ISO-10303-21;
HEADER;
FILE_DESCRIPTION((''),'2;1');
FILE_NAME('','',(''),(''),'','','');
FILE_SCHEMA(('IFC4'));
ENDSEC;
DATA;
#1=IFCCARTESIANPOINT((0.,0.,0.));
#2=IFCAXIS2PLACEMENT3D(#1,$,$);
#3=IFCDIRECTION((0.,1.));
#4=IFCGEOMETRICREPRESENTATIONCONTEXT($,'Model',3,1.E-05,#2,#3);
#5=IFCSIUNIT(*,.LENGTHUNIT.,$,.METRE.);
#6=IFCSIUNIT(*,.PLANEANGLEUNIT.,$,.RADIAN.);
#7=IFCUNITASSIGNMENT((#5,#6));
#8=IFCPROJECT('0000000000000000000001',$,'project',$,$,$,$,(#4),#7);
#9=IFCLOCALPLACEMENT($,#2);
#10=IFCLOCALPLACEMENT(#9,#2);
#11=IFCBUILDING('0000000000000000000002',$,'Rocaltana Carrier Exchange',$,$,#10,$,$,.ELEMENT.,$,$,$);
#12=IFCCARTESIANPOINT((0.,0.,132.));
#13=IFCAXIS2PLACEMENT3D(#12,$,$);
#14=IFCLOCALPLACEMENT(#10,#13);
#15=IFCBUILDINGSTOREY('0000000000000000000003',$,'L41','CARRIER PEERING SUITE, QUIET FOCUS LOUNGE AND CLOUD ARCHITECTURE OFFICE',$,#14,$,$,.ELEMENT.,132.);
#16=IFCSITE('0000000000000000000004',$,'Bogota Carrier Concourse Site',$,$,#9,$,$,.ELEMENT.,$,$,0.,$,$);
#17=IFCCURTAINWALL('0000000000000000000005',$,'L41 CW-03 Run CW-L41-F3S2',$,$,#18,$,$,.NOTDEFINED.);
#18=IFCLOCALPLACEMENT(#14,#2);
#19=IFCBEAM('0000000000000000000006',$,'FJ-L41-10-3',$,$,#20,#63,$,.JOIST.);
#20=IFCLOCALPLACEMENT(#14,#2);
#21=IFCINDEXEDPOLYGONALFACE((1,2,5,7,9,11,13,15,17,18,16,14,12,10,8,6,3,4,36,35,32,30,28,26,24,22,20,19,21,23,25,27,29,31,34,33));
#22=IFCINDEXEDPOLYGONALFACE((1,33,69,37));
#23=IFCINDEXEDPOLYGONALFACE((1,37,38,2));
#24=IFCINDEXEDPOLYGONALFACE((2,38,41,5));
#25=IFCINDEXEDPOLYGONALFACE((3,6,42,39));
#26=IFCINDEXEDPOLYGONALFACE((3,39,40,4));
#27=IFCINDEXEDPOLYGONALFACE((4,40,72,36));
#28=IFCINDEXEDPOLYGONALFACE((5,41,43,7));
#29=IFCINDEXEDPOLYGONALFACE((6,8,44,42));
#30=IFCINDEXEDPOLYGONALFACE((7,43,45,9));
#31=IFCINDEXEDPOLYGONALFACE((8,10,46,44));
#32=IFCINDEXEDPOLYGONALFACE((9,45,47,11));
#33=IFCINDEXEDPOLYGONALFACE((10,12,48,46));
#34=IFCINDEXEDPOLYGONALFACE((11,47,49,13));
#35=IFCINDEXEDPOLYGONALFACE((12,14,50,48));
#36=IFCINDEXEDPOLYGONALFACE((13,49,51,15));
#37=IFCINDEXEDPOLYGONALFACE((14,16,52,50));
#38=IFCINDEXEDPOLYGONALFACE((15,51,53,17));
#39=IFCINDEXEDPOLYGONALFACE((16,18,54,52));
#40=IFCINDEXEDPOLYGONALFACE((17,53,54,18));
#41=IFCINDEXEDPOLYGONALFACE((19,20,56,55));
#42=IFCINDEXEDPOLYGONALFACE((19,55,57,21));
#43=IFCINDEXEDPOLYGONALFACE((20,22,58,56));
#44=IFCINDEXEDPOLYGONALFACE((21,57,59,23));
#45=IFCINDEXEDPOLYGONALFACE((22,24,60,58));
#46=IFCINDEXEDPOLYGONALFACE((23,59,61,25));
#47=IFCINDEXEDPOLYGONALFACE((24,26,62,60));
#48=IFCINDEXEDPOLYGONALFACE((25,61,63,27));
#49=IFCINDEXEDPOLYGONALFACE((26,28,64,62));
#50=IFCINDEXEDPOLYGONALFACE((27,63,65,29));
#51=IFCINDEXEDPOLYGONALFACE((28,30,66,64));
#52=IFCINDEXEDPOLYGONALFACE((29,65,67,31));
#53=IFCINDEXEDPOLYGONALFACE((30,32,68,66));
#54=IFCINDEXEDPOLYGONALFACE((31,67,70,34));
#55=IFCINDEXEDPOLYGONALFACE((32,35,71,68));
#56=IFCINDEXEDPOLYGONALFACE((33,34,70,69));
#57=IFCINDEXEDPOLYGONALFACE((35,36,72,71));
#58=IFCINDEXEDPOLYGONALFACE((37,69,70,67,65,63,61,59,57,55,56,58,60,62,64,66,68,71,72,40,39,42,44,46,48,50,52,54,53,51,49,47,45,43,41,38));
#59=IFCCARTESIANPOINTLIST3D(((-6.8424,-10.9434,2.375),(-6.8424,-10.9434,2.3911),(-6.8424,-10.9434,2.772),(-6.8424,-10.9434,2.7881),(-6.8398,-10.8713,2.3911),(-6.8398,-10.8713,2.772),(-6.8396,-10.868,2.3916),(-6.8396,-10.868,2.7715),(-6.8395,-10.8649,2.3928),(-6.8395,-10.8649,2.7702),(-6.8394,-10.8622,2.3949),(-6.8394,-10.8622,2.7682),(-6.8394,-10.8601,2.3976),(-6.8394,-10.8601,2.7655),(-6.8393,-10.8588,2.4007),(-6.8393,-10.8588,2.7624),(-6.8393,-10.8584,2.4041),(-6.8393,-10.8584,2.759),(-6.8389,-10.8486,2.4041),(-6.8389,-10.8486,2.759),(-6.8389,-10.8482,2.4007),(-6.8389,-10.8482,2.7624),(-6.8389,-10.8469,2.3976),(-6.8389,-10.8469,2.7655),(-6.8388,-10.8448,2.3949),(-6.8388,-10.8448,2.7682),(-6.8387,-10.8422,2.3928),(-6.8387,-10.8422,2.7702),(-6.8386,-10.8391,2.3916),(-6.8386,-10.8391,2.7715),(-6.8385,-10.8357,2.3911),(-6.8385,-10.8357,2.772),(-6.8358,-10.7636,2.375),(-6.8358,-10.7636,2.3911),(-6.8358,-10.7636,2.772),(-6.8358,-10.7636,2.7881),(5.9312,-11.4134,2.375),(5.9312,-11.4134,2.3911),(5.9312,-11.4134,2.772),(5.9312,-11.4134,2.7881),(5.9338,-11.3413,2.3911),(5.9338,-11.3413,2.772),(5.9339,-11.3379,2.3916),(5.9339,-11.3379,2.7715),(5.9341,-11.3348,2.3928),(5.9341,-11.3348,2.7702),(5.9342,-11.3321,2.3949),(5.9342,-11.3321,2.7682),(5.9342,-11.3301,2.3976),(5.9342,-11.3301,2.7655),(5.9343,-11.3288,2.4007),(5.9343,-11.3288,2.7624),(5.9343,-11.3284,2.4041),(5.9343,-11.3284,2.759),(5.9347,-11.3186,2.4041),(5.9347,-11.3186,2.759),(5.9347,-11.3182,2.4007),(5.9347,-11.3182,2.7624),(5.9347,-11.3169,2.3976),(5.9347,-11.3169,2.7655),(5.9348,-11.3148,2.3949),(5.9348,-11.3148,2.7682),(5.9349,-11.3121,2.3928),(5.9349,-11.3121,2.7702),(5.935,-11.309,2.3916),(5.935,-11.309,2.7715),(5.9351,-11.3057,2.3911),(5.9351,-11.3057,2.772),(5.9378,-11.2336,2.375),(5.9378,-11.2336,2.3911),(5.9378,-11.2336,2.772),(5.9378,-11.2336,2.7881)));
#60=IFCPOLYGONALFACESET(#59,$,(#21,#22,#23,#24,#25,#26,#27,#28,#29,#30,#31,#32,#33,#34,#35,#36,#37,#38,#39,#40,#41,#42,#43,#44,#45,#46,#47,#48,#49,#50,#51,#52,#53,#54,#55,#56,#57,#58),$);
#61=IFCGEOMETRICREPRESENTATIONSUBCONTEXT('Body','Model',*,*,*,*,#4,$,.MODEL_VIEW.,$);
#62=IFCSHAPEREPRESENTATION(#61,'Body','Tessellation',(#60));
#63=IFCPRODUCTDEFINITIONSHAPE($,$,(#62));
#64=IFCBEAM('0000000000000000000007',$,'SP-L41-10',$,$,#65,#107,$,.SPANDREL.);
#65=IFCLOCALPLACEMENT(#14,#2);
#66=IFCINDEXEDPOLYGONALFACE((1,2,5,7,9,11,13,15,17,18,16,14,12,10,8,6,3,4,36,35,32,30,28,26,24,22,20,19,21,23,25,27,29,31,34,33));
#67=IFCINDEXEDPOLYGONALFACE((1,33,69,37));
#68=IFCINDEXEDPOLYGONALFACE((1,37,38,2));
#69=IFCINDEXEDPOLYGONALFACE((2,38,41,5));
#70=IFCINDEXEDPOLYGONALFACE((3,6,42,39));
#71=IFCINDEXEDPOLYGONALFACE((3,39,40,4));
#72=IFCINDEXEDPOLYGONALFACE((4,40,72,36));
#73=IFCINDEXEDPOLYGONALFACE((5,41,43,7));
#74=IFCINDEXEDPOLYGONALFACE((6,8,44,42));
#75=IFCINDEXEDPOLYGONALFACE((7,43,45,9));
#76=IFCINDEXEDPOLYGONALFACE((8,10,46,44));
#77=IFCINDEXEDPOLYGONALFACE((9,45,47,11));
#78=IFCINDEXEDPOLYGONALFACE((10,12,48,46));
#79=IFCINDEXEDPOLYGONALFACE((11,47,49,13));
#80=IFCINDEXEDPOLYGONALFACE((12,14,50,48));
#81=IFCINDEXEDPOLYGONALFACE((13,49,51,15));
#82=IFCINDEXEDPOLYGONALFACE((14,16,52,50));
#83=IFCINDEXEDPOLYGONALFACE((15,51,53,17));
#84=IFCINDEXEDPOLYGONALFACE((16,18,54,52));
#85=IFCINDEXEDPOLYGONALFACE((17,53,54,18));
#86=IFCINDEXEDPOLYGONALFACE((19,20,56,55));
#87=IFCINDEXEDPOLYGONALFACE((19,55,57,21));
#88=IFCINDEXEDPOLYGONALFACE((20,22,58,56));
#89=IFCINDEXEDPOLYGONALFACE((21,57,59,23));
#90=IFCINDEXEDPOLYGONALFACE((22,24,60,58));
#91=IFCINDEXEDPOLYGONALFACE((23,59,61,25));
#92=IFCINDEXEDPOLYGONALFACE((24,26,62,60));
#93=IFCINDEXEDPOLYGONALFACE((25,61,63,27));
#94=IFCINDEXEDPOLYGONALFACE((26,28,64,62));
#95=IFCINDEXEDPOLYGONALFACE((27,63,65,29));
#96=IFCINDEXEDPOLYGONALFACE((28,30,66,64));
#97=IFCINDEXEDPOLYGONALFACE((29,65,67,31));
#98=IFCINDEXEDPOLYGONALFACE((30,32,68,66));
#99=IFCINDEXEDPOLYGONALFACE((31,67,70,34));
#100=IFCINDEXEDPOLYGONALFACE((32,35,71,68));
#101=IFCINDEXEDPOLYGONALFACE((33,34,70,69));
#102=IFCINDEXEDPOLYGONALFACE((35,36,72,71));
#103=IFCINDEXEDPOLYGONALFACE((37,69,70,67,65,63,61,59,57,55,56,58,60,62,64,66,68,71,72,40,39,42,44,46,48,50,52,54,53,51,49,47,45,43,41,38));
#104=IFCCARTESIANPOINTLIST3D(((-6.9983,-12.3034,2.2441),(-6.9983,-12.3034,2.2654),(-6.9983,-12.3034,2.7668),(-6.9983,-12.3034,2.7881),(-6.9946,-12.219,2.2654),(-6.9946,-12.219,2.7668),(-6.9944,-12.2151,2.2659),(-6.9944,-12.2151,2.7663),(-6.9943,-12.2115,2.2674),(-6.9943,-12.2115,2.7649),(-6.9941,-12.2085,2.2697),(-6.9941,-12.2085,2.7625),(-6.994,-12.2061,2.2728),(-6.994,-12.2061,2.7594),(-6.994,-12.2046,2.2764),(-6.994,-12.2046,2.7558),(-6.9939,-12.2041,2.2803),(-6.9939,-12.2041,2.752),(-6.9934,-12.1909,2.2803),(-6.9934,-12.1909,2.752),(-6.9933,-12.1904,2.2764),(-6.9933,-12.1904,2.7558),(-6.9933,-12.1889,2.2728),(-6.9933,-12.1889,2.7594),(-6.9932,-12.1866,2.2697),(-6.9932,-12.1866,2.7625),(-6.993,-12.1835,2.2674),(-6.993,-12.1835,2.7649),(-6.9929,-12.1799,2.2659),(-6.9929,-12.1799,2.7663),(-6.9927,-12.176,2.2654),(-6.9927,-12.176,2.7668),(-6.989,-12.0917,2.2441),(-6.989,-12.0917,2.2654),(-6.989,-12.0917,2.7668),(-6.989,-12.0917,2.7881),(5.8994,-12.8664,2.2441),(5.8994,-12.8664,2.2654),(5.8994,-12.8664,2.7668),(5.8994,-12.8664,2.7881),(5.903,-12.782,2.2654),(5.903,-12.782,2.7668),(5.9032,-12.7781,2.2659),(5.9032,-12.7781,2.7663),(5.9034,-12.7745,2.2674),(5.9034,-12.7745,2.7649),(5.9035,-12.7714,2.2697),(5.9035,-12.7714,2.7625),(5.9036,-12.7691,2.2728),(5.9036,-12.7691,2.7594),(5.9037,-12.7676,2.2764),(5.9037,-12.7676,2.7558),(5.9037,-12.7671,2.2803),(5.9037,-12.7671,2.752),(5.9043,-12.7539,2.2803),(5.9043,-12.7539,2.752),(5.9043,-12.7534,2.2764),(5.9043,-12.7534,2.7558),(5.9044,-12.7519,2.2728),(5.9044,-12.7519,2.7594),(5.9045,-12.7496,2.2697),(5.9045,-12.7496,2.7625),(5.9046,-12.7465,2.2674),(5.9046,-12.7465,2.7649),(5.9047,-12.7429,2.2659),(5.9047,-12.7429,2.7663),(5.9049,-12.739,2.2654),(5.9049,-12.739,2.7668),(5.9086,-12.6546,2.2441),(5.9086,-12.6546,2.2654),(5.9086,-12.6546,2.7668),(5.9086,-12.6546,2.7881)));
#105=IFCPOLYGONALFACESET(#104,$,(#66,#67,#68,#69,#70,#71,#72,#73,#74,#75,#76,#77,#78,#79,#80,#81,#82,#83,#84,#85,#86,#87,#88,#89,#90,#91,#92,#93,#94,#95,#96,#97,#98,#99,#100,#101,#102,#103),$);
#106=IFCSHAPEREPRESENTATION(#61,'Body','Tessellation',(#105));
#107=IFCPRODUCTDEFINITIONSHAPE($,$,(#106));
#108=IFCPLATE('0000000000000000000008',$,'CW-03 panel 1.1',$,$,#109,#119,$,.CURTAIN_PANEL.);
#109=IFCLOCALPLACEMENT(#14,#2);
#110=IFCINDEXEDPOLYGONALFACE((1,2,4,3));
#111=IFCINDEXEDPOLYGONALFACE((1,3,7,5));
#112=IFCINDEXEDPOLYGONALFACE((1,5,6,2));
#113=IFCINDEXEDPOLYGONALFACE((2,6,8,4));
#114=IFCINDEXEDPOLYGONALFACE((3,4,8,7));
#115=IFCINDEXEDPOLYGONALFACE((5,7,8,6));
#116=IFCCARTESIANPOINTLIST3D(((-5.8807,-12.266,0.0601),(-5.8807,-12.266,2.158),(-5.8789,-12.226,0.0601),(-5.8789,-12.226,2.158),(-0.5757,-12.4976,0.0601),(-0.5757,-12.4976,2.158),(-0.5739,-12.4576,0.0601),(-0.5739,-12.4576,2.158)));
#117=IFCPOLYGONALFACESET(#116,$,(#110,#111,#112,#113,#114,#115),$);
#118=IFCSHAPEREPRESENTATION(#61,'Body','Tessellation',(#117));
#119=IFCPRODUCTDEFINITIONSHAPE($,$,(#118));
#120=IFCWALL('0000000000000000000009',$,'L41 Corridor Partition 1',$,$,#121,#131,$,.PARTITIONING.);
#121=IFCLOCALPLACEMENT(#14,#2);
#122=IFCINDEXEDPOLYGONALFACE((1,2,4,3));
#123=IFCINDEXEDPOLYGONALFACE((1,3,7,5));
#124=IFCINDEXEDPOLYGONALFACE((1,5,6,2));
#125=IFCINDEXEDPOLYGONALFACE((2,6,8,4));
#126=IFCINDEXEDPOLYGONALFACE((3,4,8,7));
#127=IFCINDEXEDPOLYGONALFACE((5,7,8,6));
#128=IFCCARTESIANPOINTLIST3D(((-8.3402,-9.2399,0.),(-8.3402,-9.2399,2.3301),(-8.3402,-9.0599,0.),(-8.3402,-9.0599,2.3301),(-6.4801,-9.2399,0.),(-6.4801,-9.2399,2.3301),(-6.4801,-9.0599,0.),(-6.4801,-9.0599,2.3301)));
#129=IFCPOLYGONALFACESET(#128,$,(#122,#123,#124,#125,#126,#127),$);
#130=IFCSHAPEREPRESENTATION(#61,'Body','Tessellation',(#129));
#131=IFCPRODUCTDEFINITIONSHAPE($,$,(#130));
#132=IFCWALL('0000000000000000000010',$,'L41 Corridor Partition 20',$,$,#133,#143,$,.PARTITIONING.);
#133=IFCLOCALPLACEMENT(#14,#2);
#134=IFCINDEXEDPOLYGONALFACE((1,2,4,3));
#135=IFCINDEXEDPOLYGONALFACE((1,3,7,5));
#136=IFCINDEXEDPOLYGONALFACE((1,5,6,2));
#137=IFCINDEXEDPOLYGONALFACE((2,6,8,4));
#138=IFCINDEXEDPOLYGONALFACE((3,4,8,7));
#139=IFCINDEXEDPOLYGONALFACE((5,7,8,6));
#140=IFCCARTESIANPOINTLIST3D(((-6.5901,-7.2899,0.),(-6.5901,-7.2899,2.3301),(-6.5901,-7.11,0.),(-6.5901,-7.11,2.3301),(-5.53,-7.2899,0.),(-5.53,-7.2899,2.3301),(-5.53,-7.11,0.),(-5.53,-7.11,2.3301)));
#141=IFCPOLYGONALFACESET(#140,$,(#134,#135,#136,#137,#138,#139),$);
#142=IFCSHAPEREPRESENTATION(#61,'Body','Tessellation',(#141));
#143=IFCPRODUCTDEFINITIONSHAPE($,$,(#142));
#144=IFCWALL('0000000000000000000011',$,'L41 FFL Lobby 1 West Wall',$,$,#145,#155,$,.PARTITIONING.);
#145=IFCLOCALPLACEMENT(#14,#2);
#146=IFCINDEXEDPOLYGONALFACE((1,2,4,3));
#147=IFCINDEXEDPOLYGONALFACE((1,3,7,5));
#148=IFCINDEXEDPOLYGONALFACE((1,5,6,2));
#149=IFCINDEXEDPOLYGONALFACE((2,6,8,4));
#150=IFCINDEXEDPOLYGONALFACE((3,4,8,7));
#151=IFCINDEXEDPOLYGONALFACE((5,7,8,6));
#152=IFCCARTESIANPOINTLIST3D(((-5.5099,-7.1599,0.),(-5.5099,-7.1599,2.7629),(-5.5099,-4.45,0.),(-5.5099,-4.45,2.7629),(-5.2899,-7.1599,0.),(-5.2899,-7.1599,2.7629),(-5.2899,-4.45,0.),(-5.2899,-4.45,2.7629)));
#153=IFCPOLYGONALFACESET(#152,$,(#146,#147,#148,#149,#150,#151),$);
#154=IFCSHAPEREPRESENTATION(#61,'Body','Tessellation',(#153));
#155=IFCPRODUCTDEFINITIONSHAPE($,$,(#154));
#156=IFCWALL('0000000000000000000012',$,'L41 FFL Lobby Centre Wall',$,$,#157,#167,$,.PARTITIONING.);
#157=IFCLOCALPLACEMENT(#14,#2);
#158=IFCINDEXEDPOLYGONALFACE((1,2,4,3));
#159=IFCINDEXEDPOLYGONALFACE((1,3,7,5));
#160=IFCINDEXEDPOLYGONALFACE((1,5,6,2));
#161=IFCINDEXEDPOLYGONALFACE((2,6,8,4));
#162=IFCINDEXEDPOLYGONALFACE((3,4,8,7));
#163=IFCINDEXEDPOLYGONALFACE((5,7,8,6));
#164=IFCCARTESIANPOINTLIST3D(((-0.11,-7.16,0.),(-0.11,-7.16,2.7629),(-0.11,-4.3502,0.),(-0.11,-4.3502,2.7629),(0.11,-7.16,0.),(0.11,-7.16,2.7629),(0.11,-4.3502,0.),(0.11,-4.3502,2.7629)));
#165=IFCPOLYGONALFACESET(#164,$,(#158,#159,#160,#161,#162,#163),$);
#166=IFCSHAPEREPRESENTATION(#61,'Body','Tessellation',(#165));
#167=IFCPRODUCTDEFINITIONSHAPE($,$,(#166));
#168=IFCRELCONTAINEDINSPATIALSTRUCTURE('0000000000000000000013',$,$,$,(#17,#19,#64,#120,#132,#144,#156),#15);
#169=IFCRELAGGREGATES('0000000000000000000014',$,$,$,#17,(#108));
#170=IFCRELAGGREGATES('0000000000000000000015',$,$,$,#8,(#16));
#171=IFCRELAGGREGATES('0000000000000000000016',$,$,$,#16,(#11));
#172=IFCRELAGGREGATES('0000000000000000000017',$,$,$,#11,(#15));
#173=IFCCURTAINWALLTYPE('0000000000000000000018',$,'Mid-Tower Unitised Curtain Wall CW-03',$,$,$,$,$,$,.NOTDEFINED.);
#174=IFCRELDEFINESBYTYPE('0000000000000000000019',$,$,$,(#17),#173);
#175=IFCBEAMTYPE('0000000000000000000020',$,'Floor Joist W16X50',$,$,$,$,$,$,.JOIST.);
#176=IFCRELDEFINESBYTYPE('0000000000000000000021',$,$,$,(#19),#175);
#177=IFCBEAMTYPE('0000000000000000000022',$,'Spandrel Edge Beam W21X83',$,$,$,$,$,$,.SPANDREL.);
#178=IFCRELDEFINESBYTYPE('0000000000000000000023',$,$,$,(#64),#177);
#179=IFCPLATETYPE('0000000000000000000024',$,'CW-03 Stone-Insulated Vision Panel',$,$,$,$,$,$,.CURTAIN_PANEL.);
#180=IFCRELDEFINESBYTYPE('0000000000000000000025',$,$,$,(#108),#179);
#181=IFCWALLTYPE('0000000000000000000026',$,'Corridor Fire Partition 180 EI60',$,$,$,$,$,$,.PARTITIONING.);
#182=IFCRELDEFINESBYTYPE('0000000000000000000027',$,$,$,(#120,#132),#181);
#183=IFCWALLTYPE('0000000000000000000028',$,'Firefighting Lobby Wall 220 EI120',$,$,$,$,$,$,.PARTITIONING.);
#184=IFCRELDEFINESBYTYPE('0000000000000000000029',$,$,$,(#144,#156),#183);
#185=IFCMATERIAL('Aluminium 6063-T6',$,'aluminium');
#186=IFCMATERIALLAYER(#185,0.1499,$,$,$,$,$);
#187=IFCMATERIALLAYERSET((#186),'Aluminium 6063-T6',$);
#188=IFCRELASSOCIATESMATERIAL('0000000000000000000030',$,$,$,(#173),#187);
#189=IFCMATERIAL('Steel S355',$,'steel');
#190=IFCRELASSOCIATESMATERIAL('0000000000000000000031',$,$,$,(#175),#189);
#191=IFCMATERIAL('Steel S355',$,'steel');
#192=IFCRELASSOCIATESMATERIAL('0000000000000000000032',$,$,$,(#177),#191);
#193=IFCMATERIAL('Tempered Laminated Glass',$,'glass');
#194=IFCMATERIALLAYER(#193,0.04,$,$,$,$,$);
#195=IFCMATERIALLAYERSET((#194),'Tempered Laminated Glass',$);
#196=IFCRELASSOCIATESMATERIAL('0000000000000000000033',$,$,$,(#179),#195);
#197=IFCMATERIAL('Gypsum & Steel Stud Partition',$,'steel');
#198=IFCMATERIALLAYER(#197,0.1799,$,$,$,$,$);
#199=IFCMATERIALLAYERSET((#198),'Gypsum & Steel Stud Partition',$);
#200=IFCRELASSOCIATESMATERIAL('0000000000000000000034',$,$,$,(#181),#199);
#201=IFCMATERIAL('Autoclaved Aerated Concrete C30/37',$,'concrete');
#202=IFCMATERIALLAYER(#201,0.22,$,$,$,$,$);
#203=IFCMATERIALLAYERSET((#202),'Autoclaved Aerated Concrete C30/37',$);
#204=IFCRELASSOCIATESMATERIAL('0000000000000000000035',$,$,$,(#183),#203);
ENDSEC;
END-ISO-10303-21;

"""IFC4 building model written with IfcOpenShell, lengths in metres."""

from ifc_helpers import new_model, si_unit, direction, frame, frame_2d, origin, origin_2d, place, context, subcontext, project, spatial, rectangle, i_section, extrude, material, layer, layer_set, material_profile, profile_set, type_object, element, aggregate, save


model = new_model("IFC4")

# Units and contexts
model_context = context("Model", 3, precision=1e-05, world=origin(), true_north=direction((0.0, 1.0)))
body_context = subcontext(model_context, "Body", "Model", "MODEL_VIEW")
ifc_project = project(units=[si_unit("LENGTHUNIT", "METRE"), si_unit("PLANEANGLEUNIT", "RADIAN")], contexts=[model_context])

# Site, building, storey
site_placement = place(None, origin())
site = spatial("IfcSite", under=ifc_project, at=site_placement, Name="Bogota Carrier Concourse Site", CompositionType="ELEMENT", RefElevation=0.0)
building_placement = place(site_placement, origin())
building = spatial("IfcBuilding", under=site, at=building_placement, Name="Rocaltana Carrier Exchange", CompositionType="ELEMENT")
storey_placement = place(building_placement, frame((0.0, 0.0, 132.0)))
storey = spatial("IfcBuildingStorey", under=building, at=storey_placement, Name="L41", Description="CARRIER PEERING SUITE, QUIET FOCUS LOUNGE AND CLOUD ARCHITECTURE OFFICE", CompositionType="ELEMENT", Elevation=132.0)

# Curtain wall
ifc_material_1 = material(Name="Aluminium 6063-T6", Category="aluminium")
ifc_layer_1 = layer(ifc_material_1, 0.1499)
ifc_layer_set_1 = layer_set([ifc_layer_1], Name="Aluminium 6063-T6")
curtain_wall_type = type_object("IfcCurtainWallType", Name="Mid-Tower Unitised Curtain Wall CW-03", PredefinedType="NOTDEFINED", material=ifc_layer_set_1)
curtain_wall_placement = place(storey_placement, origin())
curtain_wall = element("IfcCurtainWall", 1, at=curtain_wall_placement, inside=storey, type_object=curtain_wall_type, Name="L41 CW-03 Run CW-L41-F3S2", PredefinedType="NOTDEFINED")

# Beams
ifc_material_2 = material(Name="Steel S355", Category="steel")
ifc_material_profile_1 = material_profile(ifc_material_2, i_section(OverallWidth=0.1799, OverallDepth=0.4131, WebThickness=0.0098, FlangeThickness=0.0161, FilletRadius=0.0129, at=origin_2d()), Name="W16X50")
ifc_profile_set_1 = profile_set([ifc_material_profile_1], Name="Steel S355")
beam_type_1 = type_object("IfcBeamType", Name="Floor Joist W16X50", PredefinedType="JOIST", material=ifc_profile_set_1)
beam_1_placement = place(storey_placement, frame((-6.8391, -10.8535, 2.5815), z_axis=(0.999324, -0.036767, 0.0), x_axis=(0.036767, 0.999324, 0.0)))
element("IfcBeam", 2, at=beam_1_placement, inside=storey, type_object=beam_type_1, Name="FJ-L41-10-3", PredefinedType="JOIST", context=body_context, shape_type="SweptSolid", body=[
    extrude(i_section(OverallWidth=0.1799, OverallDepth=0.4131, WebThickness=0.0098, FlangeThickness=0.0161, FilletRadius=0.0129, at=origin_2d()), origin(), (0.0, 0.0, 1.0), 12.7822),
])
ifc_material_3 = material(Name="Steel S355", Category="steel")
ifc_material_profile_2 = material_profile(ifc_material_3, i_section(OverallWidth=0.2119, OverallDepth=0.5439, WebThickness=0.0132, FlangeThickness=0.0212, FilletRadius=0.0149, at=origin_2d()), Name="W21X83")
ifc_profile_set_2 = profile_set([ifc_material_profile_2], Name="Steel S355")
beam_type_2 = type_object("IfcBeamType", Name="Spandrel Edge Beam W21X83", PredefinedType="SPANDREL", material=ifc_profile_set_2)
beam_2_placement = place(storey_placement, frame((-6.9937, -12.1975, 2.5161), z_axis=(0.999049, -0.043609, 0.0), x_axis=(0.043609, 0.999049, 0.0)))
element("IfcBeam", 3, at=beam_2_placement, inside=storey, type_object=beam_type_2, Name="SP-L41-10", PredefinedType="SPANDREL", context=body_context, shape_type="SweptSolid", body=[
    extrude(i_section(OverallWidth=0.2119, OverallDepth=0.5439, WebThickness=0.0132, FlangeThickness=0.0212, FilletRadius=0.0149, at=origin_2d()), origin(), (0.0, 0.0, 1.0), 12.9099),
])

# Plate
ifc_material_4 = material(Name="Tempered Laminated Glass", Category="glass")
ifc_layer_2 = layer(ifc_material_4, 0.04)
ifc_layer_set_2 = layer_set([ifc_layer_2], Name="Tempered Laminated Glass")
plate_type = type_object("IfcPlateType", Name="CW-03 Stone-Insulated Vision Panel", PredefinedType="CURTAIN_PANEL", material=ifc_layer_set_2)
plate_placement = place(storey_placement, frame((-3.2273, -12.3618, 0.0601), z_axis=(0.0, 0.0, 1.0), x_axis=(0.999048, -0.04362, 0.0)))
plate = element("IfcPlate", 4, at=plate_placement, type_object=plate_type, Name="CW-03 panel 1.1", PredefinedType="CURTAIN_PANEL", context=body_context, shape_type="SweptSolid", body=[
    extrude(rectangle(XDim=5.3101, YDim=0.04, at=origin_2d()), origin(), (0.0, 0.0, 1.0), 2.0979),
])
aggregate(curtain_wall, [plate])

# Walls
ifc_material_5 = material(Name="Gypsum & Steel Stud Partition", Category="steel")
ifc_layer_3 = layer(ifc_material_5, 0.1799)
ifc_layer_set_3 = layer_set([ifc_layer_3], Name="Gypsum & Steel Stud Partition")
wall_type_1 = type_object("IfcWallType", Name="Corridor Fire Partition 180 EI60", PredefinedType="PARTITIONING", material=ifc_layer_set_3)
wall_1_placement = place(storey_placement, frame((-6.48, -9.1499, 0.0), z_axis=(0.0, 0.0, 1.0), x_axis=(-1.0, 0.0, 0.0)))
element("IfcWall", 5, at=wall_1_placement, inside=storey, type_object=wall_type_1, Name="L41 Corridor Partition 1", PredefinedType="PARTITIONING", context=body_context, shape_type="SweptSolid", body=[
    extrude(rectangle(XDim=1.8601, YDim=0.1799, at=frame_2d((0.9302, 0.0))), origin(), (0.0, 0.0, 1.0), 2.3301),
])
wall_2_placement = place(storey_placement, frame((-6.5901, -7.2, 0.0), z_axis=(0.0, 0.0, 1.0), x_axis=(1.0, 0.0, 0.0)))
element("IfcWall", 6, at=wall_2_placement, inside=storey, type_object=wall_type_1, Name="L41 Corridor Partition 20", PredefinedType="PARTITIONING", context=body_context, shape_type="SweptSolid", body=[
    extrude(rectangle(XDim=1.0601, YDim=0.1799, at=frame_2d((0.53, 0.0))), origin(), (0.0, 0.0, 1.0), 2.3301),
])
ifc_material_6 = material(Name="Autoclaved Aerated Concrete C30/37", Category="concrete")
ifc_layer_4 = layer(ifc_material_6, 0.22)
ifc_layer_set_4 = layer_set([ifc_layer_4], Name="Autoclaved Aerated Concrete C30/37")
wall_type_2 = type_object("IfcWallType", Name="Firefighting Lobby Wall 220 EI120", PredefinedType="PARTITIONING", material=ifc_layer_set_4)
wall_3_placement = place(storey_placement, frame((-5.3999, -7.1599, 0.0), z_axis=(0.0, 0.0, 1.0), x_axis=(0.0, 1.0, 0.0)))
element("IfcWall", 7, at=wall_3_placement, inside=storey, type_object=wall_type_2, Name="L41 FFL Lobby 1 West Wall", PredefinedType="PARTITIONING", context=body_context, shape_type="SweptSolid", body=[
    extrude(rectangle(XDim=2.71, YDim=0.22, at=frame_2d((1.355, 0.0))), origin(), (0.0, 0.0, 1.0), 2.7629),
])
wall_4_placement = place(storey_placement, frame((0.0, -7.1599, 0.0), z_axis=(0.0, 0.0, 1.0), x_axis=(0.0, 1.0, 0.0)))
element("IfcWall", 8, at=wall_4_placement, inside=storey, type_object=wall_type_2, Name="L41 FFL Lobby Centre Wall", PredefinedType="PARTITIONING", context=body_context, shape_type="SweptSolid", body=[
    extrude(rectangle(XDim=2.8098, YDim=0.22, at=frame_2d((1.4048, 0.0))), origin(), (0.0, 0.0, 1.0), 2.7629),
])

save(model, "model.ifc")
